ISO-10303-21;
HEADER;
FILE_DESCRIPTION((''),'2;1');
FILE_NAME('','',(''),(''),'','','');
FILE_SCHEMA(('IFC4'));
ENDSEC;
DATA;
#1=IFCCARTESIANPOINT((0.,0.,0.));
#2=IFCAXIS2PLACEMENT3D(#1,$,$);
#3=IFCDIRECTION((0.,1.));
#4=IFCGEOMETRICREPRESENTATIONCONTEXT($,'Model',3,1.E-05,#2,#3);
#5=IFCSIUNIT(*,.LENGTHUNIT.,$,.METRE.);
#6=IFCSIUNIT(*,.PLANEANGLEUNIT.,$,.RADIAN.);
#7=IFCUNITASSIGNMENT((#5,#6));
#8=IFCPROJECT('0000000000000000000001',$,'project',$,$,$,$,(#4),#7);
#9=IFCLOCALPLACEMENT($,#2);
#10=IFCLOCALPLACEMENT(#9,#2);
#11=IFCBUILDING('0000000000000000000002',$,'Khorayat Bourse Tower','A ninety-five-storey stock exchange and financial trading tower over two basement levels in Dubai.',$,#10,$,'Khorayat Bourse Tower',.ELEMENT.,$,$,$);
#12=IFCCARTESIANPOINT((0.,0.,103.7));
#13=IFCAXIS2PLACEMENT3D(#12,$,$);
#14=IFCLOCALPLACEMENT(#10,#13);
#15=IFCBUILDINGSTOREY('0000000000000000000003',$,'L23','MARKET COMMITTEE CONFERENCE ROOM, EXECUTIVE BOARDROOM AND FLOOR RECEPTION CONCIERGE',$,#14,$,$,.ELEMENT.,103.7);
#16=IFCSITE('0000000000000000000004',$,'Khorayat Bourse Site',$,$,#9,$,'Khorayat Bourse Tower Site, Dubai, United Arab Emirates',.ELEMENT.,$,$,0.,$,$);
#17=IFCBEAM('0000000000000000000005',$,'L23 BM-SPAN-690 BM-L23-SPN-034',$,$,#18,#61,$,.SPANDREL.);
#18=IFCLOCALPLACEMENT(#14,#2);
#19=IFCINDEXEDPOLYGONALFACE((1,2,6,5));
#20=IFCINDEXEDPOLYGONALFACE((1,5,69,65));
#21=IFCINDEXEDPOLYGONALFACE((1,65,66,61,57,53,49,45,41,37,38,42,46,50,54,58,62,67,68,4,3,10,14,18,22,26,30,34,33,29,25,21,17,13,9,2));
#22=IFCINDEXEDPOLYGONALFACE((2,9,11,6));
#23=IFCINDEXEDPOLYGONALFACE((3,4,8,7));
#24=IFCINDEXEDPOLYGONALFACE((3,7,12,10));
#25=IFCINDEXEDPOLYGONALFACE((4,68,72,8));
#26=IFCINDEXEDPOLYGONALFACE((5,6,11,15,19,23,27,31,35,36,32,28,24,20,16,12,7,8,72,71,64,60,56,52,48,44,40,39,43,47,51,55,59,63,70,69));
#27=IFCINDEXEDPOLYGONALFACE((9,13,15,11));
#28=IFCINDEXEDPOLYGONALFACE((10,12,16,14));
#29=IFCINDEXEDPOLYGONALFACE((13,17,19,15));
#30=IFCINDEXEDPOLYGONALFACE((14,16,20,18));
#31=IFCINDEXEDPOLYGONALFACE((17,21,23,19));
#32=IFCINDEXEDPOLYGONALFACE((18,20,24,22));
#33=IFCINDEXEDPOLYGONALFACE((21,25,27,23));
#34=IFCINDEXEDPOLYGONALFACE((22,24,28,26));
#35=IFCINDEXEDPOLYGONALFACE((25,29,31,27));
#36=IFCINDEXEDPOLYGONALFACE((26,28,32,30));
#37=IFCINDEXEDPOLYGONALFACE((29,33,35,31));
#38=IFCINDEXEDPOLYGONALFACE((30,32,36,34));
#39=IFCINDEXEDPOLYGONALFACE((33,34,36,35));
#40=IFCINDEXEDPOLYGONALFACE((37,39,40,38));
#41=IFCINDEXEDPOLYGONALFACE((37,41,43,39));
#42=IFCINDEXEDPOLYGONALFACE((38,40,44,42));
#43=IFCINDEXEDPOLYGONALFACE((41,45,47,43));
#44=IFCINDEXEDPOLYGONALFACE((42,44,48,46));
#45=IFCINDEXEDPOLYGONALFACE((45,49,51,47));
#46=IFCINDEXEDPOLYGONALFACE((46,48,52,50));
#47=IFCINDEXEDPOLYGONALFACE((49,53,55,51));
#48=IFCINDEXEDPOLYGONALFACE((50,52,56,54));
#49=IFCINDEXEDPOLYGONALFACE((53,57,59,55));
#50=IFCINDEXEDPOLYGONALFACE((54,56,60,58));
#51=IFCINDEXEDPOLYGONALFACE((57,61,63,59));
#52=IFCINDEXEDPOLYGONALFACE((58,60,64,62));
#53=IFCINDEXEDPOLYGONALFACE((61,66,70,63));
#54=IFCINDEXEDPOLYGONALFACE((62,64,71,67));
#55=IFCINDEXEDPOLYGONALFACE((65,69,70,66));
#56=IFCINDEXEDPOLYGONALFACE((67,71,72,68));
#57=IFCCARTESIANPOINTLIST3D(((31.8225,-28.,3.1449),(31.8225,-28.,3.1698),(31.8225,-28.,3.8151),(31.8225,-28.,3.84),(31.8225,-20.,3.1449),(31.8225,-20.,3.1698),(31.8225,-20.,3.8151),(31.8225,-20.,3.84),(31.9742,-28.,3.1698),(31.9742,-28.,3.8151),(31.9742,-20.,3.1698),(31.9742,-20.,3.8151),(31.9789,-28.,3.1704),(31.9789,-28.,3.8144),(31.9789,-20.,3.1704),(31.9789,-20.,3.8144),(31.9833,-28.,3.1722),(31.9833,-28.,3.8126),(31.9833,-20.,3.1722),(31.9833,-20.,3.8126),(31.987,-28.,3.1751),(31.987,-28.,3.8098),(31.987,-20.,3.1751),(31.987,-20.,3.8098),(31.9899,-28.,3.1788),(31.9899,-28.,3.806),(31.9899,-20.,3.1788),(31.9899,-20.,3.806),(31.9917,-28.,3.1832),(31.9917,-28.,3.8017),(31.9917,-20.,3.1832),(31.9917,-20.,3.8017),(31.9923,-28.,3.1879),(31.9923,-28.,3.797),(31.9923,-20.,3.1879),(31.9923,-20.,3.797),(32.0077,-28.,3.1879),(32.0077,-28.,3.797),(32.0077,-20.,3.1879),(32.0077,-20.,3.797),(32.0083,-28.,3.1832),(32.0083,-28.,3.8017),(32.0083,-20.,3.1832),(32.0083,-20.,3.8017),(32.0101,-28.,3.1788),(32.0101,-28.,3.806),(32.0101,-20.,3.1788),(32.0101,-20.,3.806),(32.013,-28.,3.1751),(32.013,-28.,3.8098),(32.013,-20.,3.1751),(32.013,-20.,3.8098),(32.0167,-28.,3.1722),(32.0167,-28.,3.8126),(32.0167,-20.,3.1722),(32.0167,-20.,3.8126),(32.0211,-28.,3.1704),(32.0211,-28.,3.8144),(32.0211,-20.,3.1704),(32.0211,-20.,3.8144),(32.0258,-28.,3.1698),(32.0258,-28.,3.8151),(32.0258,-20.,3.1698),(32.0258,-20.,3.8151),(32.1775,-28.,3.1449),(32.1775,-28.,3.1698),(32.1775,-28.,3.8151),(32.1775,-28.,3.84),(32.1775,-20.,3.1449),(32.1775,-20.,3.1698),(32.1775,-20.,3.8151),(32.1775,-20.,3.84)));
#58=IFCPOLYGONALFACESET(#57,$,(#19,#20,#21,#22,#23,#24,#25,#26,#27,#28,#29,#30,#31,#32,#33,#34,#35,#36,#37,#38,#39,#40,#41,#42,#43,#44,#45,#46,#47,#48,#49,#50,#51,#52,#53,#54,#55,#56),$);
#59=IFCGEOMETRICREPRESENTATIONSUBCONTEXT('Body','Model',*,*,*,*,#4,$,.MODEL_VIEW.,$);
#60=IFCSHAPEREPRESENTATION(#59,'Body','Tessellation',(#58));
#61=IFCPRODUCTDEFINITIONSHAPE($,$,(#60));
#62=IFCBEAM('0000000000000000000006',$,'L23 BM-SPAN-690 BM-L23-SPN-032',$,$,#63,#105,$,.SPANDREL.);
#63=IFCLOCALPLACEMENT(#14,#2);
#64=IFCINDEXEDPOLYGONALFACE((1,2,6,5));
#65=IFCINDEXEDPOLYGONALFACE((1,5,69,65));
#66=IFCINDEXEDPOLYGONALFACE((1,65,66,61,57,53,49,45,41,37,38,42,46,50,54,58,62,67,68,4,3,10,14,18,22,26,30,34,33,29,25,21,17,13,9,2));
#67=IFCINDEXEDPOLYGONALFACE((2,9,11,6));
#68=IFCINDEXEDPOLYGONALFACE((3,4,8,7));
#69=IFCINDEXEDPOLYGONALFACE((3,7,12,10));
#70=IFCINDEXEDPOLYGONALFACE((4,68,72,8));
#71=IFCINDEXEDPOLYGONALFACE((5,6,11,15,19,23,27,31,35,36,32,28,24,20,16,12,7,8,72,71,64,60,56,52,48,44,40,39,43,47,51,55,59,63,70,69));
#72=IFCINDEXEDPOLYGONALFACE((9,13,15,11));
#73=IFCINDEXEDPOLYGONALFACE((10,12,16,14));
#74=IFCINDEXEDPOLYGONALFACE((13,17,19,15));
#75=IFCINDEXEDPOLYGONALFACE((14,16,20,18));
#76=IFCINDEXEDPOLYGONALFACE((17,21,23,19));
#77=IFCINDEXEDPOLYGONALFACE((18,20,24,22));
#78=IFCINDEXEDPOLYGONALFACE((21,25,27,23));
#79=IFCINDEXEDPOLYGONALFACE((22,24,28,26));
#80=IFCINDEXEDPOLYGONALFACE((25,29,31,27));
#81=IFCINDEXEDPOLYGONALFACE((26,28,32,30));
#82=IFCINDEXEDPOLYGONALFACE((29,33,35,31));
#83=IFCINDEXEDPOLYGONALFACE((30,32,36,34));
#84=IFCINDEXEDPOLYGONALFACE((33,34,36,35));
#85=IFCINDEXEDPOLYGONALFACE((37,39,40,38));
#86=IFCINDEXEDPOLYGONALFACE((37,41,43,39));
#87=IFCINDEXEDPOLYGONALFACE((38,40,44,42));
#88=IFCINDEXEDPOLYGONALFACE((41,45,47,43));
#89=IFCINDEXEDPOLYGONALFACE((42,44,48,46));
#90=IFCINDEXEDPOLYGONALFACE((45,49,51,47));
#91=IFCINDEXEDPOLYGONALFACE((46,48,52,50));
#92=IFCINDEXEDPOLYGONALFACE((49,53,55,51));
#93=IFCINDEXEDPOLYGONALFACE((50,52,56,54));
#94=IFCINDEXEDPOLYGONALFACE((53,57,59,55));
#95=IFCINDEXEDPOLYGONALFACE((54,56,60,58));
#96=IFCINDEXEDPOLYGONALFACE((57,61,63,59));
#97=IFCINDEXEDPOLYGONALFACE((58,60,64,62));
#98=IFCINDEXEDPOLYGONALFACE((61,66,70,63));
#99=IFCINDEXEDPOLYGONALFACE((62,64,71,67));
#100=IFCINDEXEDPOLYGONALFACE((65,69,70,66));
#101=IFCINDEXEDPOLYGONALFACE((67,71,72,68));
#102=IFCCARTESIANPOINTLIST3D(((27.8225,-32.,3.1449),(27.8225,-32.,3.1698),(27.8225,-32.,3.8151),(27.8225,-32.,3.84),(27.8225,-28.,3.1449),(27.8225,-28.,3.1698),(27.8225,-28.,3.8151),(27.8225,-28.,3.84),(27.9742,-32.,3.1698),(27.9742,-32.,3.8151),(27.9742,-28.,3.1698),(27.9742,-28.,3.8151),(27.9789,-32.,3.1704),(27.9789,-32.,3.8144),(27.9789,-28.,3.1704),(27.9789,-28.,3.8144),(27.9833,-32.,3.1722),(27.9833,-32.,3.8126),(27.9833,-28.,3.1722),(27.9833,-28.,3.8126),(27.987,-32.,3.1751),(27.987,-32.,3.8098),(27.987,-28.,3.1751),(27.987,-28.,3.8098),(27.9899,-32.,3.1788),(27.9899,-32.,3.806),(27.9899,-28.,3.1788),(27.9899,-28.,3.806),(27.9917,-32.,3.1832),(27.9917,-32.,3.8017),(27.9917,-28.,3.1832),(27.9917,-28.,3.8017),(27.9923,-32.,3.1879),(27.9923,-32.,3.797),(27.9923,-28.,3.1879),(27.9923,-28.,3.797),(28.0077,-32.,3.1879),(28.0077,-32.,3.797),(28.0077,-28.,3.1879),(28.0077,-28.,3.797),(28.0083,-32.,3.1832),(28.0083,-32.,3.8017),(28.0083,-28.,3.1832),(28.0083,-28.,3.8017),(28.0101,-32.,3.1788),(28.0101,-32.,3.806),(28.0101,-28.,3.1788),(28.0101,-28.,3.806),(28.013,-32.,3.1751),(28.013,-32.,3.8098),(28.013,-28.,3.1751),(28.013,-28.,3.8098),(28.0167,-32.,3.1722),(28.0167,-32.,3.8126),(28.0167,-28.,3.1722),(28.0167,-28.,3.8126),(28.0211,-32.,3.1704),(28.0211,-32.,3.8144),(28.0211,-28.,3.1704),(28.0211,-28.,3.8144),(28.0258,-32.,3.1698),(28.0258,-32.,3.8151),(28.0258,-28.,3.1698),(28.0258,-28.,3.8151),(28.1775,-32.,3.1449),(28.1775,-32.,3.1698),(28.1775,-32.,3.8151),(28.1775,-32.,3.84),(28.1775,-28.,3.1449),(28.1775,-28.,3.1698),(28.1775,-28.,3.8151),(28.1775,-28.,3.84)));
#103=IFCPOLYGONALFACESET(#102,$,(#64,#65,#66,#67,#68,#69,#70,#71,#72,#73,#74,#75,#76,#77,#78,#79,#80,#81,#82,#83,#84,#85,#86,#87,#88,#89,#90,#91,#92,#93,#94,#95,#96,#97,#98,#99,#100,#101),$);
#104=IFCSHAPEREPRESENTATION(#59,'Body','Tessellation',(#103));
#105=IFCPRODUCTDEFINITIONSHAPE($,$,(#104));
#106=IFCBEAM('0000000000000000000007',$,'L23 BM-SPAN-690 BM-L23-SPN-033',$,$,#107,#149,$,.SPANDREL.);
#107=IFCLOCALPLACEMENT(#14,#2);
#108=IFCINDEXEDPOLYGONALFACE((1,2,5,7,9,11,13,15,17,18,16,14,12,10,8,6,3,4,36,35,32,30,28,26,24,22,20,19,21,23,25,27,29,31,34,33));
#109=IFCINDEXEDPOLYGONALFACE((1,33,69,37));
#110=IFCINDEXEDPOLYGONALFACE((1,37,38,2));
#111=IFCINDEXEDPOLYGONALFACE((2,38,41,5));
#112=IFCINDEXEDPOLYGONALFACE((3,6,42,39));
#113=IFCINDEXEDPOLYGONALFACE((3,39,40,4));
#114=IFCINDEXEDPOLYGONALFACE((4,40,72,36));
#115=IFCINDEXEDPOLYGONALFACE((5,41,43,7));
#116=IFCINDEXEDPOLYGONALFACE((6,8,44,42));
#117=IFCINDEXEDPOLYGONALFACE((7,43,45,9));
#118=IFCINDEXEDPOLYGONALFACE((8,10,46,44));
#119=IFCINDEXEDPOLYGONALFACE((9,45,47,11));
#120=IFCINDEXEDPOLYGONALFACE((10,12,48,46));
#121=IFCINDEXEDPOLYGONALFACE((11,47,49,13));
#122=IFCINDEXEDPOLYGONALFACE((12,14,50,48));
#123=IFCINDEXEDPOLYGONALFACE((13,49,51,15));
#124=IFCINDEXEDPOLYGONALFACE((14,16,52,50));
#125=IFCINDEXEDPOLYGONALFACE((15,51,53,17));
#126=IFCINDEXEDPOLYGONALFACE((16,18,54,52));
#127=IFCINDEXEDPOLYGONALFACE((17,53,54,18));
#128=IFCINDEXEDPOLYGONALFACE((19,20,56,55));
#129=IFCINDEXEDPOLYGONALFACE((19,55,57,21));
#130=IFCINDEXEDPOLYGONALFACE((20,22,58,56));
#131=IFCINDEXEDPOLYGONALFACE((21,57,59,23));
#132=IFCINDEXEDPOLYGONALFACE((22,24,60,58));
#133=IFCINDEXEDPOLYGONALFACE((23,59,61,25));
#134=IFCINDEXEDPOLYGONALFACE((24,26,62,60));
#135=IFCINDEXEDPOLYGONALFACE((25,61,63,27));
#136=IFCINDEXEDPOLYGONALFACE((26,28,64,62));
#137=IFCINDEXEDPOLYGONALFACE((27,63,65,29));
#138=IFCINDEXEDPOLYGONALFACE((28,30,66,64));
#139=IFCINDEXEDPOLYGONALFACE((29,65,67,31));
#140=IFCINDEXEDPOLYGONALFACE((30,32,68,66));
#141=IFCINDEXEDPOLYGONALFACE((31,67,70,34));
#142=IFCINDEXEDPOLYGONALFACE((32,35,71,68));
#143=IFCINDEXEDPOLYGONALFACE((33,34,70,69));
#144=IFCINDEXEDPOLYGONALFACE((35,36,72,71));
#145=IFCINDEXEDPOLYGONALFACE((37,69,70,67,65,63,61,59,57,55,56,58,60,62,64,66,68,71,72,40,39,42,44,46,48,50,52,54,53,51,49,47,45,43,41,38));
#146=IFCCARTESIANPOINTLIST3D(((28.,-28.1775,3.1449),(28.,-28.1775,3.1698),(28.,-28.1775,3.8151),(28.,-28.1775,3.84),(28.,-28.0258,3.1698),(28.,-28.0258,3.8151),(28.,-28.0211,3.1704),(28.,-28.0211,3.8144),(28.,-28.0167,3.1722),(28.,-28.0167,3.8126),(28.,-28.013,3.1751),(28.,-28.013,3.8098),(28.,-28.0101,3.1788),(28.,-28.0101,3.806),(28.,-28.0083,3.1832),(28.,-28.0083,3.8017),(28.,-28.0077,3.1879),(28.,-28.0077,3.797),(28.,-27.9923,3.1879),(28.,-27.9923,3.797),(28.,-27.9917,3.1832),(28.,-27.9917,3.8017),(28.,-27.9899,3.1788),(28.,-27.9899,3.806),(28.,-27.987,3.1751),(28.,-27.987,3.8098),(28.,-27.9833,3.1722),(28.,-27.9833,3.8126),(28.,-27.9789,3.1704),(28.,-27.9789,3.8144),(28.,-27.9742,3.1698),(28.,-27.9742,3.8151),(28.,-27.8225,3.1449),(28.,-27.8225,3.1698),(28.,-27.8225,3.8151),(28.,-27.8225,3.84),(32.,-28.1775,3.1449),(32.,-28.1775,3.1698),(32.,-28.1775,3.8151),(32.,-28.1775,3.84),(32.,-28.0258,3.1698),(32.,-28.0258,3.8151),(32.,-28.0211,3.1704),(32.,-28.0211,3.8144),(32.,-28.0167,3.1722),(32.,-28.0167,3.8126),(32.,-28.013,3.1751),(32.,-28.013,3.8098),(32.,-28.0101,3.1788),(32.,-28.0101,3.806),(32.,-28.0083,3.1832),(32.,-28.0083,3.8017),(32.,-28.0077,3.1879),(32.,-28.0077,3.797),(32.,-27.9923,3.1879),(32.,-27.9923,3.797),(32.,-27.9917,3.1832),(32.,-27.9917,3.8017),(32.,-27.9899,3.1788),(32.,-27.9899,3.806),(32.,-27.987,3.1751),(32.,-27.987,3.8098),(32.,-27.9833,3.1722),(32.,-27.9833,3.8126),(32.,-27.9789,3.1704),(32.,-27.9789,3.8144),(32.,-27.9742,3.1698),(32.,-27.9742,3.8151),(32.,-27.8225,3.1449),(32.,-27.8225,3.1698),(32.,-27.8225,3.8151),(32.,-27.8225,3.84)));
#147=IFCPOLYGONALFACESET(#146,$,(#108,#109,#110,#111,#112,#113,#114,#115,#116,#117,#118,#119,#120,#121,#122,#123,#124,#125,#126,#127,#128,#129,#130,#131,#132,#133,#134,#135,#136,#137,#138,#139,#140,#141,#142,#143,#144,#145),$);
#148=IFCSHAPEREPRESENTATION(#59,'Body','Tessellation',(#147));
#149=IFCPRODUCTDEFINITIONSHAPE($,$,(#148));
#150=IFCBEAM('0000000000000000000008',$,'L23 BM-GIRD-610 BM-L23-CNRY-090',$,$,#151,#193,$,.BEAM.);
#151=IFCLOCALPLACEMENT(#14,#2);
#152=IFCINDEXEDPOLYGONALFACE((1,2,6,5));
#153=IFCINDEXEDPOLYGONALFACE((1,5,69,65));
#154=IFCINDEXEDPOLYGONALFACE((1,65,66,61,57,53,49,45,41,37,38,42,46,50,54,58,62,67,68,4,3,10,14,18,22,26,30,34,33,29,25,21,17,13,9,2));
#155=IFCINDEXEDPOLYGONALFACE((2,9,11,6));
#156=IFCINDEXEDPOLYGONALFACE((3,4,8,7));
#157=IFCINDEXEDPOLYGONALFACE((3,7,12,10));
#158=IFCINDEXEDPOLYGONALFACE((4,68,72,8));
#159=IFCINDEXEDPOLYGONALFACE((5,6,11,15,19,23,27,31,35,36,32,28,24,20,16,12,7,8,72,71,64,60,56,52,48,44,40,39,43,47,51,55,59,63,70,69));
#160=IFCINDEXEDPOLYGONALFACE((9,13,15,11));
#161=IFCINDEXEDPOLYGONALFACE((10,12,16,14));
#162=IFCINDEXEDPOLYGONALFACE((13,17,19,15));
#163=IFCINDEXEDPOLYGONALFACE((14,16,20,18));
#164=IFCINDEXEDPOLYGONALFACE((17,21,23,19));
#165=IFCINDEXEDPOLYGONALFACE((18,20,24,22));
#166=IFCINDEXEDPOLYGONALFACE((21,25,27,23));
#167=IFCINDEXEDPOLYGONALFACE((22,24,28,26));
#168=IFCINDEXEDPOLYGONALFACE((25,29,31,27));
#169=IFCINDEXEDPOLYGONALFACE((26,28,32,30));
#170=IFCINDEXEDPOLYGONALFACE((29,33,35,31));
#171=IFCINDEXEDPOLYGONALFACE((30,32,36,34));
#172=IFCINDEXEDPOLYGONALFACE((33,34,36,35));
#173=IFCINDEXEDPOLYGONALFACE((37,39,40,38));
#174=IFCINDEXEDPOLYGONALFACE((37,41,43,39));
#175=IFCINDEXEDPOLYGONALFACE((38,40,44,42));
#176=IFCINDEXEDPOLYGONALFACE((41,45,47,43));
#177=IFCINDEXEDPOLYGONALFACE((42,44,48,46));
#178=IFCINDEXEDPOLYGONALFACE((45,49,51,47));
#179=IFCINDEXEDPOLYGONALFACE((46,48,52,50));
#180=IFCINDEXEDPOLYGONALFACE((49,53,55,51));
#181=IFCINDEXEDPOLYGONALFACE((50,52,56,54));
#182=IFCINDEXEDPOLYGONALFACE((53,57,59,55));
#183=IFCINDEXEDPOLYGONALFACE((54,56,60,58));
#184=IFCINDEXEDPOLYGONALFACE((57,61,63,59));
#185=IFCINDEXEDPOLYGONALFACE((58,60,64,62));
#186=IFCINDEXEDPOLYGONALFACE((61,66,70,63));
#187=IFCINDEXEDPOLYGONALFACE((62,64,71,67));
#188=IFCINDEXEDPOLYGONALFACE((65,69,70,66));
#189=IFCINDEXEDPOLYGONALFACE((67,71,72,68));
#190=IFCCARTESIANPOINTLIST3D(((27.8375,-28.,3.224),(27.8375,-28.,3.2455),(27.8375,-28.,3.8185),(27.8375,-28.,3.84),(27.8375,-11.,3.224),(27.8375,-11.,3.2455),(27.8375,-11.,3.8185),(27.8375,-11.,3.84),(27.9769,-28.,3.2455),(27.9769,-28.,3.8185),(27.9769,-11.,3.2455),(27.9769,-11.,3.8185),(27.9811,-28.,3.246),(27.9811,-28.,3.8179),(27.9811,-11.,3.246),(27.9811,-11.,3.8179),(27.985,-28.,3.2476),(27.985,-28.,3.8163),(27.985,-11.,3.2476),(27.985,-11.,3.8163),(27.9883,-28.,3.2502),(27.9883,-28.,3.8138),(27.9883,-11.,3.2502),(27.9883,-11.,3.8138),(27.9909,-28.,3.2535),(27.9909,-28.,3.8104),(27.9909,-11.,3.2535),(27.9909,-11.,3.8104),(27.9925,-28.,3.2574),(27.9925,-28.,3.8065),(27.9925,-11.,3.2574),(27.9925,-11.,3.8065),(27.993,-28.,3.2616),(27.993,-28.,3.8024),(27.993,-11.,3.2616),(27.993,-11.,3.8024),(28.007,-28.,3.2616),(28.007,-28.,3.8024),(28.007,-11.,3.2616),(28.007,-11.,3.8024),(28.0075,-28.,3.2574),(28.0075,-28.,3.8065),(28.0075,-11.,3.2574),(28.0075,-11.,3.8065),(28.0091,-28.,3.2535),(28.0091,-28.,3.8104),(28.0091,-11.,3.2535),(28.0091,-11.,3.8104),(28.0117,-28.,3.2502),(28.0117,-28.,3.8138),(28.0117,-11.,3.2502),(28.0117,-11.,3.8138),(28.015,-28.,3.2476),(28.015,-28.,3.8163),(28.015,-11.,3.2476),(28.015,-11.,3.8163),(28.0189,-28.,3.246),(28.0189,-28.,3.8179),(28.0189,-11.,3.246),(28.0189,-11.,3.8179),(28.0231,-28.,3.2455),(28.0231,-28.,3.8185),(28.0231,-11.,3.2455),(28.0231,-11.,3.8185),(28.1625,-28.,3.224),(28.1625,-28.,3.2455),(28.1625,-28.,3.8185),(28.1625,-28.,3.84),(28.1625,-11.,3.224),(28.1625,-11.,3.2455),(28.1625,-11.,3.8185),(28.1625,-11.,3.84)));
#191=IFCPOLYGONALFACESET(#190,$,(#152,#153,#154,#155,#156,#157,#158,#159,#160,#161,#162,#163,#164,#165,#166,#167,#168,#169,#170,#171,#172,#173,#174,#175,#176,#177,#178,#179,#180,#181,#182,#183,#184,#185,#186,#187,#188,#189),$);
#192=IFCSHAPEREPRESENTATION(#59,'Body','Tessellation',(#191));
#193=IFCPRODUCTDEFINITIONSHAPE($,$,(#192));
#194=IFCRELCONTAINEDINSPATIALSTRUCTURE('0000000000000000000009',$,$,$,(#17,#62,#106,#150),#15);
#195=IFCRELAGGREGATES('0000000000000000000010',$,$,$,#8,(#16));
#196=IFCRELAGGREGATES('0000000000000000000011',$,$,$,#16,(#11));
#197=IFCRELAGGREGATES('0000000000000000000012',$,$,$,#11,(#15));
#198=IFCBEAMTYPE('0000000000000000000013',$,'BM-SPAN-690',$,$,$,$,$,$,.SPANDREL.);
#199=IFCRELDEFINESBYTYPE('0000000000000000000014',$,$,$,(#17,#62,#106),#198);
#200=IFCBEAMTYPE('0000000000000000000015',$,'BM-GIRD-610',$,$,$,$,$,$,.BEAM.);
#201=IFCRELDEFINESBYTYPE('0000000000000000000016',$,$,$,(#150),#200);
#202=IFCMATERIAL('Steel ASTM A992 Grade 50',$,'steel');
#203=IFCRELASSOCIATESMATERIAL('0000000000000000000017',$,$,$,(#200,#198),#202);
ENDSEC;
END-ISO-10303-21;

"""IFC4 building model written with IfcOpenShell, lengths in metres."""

from ifc_helpers import new_model, si_unit, direction, frame, origin, origin_2d, place, context, subcontext, project, spatial, i_section, extrude, source, transform, mapped, material, material_profile, profile_set, type_object, element, save


model = new_model("IFC4")

# Units and contexts
model_context = context("Model", 3, precision=1e-05, world=origin(), true_north=direction((0.0, 1.0)))
body_context = subcontext(model_context, "Body", "Model", "MODEL_VIEW")
ifc_project = project(units=[si_unit("LENGTHUNIT", "METRE"), si_unit("PLANEANGLEUNIT", "RADIAN")], contexts=[model_context])

# Site, building, storey
site_placement = place(None, origin())
site = spatial("IfcSite", under=ifc_project, at=site_placement, Name="Khorayat Bourse Site", LongName="Khorayat Bourse Tower Site, Dubai, United Arab Emirates", CompositionType="ELEMENT", RefElevation=0.0)
building_placement = place(site_placement, origin())
building = spatial("IfcBuilding", under=site, at=building_placement, Name="Khorayat Bourse Tower", Description="A ninety-five-storey stock exchange and financial trading tower over two basement levels in Dubai.", LongName="Khorayat Bourse Tower", CompositionType="ELEMENT")
storey_placement = place(building_placement, frame((0.0, 0.0, 103.7)))
storey = spatial("IfcBuildingStorey", under=building, at=storey_placement, Name="L23", Description="MARKET COMMITTEE CONFERENCE ROOM, EXECUTIVE BOARDROOM AND FLOOR RECEPTION CONCIERGE", CompositionType="ELEMENT", Elevation=103.7)

# Beams
ifc_material_1 = material(Name="Steel ASTM A992 Grade 50", Category="steel")
ifc_material_profile_1 = material_profile(ifc_material_1, i_section(OverallWidth=0.325, OverallDepth=0.616, WebThickness=0.0139, FlangeThickness=0.0215, FilletRadius=0.0161, at=origin_2d()), Name="W610X174")
ifc_profile_set_1 = profile_set([ifc_material_profile_1], Name="Steel ASTM A992 Grade 50")
beam_type_1 = type_object("IfcBeamType", Name="BM-GIRD-610", PredefinedType="BEAM", material=ifc_profile_set_1)
ifc_material_profile_2 = material_profile(ifc_material_1, i_section(OverallWidth=0.355, OverallDepth=0.6951, WebThickness=0.0154, FlangeThickness=0.0249, FilletRadius=0.0181, at=origin_2d()), Name="W690X217")
ifc_profile_set_2 = profile_set([ifc_material_profile_2], Name="Steel ASTM A992 Grade 50")
beam_type_2 = type_object("IfcBeamType", Name="BM-SPAN-690", PredefinedType="SPANDREL", material=ifc_profile_set_2)
shared_shape_1 = source(origin(), body_context, "Body", "SweptSolid", [
    extrude(i_section(OverallWidth=0.355, OverallDepth=0.6951, WebThickness=0.0154, FlangeThickness=0.0249, FilletRadius=0.0181, at=origin_2d()), origin(), (0.0, 0.0, 1.0), 8.0),
])
for number, where, z_axis, x_axis, name in (
    (1, (32.0, -28.0, 3.4924), (0.0, 1.0, 0.0), (-1.0, 0.0, 0.0), "L23 BM-SPAN-690 BM-L23-SPN-034"),
):
    element("IfcBeam", number, at=place(storey_placement, frame(where, z_axis=z_axis, x_axis=x_axis)), inside=storey, type_object=beam_type_2, Name=name, PredefinedType="SPANDREL", context=body_context, shape_type="MappedRepresentation", body=[
        mapped(shared_shape_1, transform((0.0, 0.0, 0.0), scale=1.0)),
    ])
shared_shape_2 = source(origin(), body_context, "Body", "SweptSolid", [
    extrude(i_section(OverallWidth=0.355, OverallDepth=0.6951, WebThickness=0.0154, FlangeThickness=0.0249, FilletRadius=0.0181, at=origin_2d()), origin(), (0.0, 0.0, 1.0), 4.0),
])
for number, where, z_axis, x_axis, name in (
    (2, (28.0, -32.0, 3.4924), (0.0, 1.0, 0.0), (-1.0, 0.0, 0.0), "L23 BM-SPAN-690 BM-L23-SPN-032"),
    (3, (28.0, -28.0, 3.4924), (1.0, 0.0, 0.0), (0.0, 1.0, 0.0), "L23 BM-SPAN-690 BM-L23-SPN-033"),
):
    element("IfcBeam", number, at=place(storey_placement, frame(where, z_axis=z_axis, x_axis=x_axis)), inside=storey, type_object=beam_type_2, Name=name, PredefinedType="SPANDREL", context=body_context, shape_type="MappedRepresentation", body=[
        mapped(shared_shape_2, transform((0.0, 0.0, 0.0), scale=1.0)),
    ])
shared_shape_3 = source(origin(), body_context, "Body", "SweptSolid", [
    extrude(i_section(OverallWidth=0.325, OverallDepth=0.616, WebThickness=0.0139, FlangeThickness=0.0215, FilletRadius=0.0161, at=origin_2d()), origin(), (0.0, 0.0, 1.0), 17.0),
])
beam_1_placement = place(storey_placement, frame((28.0, -28.0, 3.532), z_axis=(0.0, 1.0, 0.0), x_axis=(-1.0, 0.0, 0.0)))
element("IfcBeam", 4, at=beam_1_placement, inside=storey, type_object=beam_type_1, Name="L23 BM-GIRD-610 BM-L23-CNRY-090", PredefinedType="BEAM", context=body_context, shape_type="MappedRepresentation", body=[
    mapped(shared_shape_3, transform((0.0, 0.0, 0.0), scale=1.0)),
])

save(model, "model.ifc")
